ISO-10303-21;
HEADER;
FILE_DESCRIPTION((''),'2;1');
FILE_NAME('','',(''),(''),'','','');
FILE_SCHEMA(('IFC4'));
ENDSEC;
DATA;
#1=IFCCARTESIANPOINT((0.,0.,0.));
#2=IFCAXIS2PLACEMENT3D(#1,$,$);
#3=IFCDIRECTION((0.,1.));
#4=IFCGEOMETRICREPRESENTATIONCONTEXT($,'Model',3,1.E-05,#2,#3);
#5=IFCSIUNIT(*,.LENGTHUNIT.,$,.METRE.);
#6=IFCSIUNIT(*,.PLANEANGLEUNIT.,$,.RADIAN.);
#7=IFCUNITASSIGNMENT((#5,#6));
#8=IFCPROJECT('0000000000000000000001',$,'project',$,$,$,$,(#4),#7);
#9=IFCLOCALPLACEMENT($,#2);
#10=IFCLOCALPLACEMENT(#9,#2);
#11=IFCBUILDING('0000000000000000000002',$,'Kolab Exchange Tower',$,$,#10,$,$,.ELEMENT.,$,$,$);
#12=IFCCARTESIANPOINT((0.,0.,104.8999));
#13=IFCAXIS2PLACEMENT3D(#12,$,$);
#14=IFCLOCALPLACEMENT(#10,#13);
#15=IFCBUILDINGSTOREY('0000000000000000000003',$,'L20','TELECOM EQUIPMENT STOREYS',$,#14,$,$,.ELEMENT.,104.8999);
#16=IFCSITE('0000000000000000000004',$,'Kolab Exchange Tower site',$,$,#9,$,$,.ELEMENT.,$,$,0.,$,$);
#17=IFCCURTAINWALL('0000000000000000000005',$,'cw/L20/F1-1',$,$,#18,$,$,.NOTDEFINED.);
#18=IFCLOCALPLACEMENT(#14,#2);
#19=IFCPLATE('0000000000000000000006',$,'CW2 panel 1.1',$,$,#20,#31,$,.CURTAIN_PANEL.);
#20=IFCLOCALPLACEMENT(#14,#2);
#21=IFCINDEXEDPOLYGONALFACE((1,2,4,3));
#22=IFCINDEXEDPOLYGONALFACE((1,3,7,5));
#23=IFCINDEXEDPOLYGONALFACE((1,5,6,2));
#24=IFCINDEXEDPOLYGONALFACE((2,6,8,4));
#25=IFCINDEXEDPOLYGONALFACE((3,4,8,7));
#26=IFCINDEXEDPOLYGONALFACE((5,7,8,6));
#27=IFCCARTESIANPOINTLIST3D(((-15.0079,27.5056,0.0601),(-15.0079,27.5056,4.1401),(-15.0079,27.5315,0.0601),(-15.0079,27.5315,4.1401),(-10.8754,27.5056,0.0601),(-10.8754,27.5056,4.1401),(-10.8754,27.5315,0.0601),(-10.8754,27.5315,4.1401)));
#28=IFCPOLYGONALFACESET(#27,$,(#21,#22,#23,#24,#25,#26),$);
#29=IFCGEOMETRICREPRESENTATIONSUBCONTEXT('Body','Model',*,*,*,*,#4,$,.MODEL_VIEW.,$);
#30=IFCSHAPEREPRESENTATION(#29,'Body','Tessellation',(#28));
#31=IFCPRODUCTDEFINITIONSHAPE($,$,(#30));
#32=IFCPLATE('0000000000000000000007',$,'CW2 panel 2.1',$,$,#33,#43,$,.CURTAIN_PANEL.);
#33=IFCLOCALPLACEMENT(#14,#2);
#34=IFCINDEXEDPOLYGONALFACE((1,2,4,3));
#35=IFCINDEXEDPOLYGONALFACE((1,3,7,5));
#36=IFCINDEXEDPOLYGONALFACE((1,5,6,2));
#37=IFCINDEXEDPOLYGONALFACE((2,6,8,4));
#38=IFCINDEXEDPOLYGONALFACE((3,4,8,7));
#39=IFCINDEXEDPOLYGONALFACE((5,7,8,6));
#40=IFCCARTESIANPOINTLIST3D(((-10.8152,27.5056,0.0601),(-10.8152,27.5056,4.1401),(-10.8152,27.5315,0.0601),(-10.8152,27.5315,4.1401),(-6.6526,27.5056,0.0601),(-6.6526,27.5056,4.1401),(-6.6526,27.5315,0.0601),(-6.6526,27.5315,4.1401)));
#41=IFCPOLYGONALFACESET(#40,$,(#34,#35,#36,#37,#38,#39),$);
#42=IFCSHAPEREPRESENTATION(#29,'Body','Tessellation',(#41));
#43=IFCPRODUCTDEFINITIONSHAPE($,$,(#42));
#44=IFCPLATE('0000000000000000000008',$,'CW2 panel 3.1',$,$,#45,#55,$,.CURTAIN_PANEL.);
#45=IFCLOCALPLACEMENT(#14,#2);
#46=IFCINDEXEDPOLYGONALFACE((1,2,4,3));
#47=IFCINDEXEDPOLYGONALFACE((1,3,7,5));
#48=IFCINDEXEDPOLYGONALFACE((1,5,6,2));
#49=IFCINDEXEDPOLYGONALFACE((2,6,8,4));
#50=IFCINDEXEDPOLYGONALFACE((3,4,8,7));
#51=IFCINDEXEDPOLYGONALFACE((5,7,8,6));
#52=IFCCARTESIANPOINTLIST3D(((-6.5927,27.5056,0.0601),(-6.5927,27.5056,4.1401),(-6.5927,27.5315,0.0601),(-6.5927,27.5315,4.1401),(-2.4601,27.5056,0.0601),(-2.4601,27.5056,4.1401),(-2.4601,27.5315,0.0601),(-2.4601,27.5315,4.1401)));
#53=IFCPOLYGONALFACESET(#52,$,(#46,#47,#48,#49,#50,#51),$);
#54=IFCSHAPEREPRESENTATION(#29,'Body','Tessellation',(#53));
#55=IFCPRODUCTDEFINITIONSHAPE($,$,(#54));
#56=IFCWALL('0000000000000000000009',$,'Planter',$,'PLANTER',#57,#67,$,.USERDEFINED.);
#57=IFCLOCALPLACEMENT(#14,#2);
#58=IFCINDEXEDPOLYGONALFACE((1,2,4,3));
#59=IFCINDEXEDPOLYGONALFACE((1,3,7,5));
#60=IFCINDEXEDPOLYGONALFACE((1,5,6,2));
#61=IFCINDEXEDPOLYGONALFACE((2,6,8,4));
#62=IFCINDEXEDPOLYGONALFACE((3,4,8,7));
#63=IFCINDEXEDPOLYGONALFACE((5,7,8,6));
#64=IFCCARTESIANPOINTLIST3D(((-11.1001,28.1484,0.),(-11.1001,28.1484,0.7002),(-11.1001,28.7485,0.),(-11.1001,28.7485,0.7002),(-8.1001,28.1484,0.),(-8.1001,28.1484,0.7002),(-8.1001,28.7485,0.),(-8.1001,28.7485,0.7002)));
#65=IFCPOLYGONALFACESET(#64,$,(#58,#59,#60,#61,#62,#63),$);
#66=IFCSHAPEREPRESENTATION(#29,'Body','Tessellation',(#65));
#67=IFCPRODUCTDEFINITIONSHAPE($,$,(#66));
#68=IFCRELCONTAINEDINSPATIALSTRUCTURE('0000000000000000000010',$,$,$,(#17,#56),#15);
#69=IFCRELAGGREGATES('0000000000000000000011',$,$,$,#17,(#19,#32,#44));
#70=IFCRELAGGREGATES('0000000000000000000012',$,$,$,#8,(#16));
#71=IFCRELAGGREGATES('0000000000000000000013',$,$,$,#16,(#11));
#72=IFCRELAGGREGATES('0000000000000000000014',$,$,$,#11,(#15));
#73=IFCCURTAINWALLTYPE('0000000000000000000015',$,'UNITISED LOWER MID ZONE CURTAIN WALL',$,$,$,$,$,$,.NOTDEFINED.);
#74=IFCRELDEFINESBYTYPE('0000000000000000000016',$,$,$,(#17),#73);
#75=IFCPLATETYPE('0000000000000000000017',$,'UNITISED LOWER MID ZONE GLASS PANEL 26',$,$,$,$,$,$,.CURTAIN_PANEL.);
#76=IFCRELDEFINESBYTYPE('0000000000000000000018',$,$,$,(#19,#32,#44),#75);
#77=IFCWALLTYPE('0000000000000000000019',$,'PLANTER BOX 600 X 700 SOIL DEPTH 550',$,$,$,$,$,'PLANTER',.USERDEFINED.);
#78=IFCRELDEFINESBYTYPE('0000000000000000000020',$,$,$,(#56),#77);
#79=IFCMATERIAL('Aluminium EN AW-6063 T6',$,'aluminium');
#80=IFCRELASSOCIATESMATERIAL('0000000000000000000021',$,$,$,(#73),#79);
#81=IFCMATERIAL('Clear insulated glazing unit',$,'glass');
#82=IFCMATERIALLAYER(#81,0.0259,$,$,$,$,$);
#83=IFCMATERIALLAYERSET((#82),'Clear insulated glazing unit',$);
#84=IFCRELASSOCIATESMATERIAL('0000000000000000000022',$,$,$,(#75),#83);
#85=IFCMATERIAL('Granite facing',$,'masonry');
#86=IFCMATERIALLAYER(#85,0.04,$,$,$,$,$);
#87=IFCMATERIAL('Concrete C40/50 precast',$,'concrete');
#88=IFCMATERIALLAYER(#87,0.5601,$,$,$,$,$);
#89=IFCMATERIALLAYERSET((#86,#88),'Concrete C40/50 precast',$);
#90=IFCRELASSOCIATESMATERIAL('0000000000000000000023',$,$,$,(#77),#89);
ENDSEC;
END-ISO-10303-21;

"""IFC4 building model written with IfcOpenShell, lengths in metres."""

from ifc_helpers import new_model, si_unit, direction, frame, frame_2d, origin, origin_2d, place, context, subcontext, project, spatial, rectangle, extrude, material, layer, layer_set, type_object, element, aggregate, save


model = new_model("IFC4")

# Units and contexts
model_context = context("Model", 3, precision=1e-05, world=origin(), true_north=direction((0.0, 1.0)))
body_context = subcontext(model_context, "Body", "Model", "MODEL_VIEW")
ifc_project = project(units=[si_unit("LENGTHUNIT", "METRE"), si_unit("PLANEANGLEUNIT", "RADIAN")], contexts=[model_context])

# Site, building, storey
site_placement = place(None, origin())
site = spatial("IfcSite", under=ifc_project, at=site_placement, Name="Kolab Exchange Tower site", CompositionType="ELEMENT", RefElevation=0.0)
building_placement = place(site_placement, origin())
building = spatial("IfcBuilding", under=site, at=building_placement, Name="Kolab Exchange Tower", CompositionType="ELEMENT")
storey_placement = place(building_placement, frame((0.0, 0.0, 104.8999)))
storey = spatial("IfcBuildingStorey", under=building, at=storey_placement, Name="L20", Description="TELECOM EQUIPMENT STOREYS", CompositionType="ELEMENT", Elevation=104.8999)

# Curtain wall, plates
ifc_material_1 = material(Name="Aluminium EN AW-6063 T6", Category="aluminium")
curtain_wall_type = type_object("IfcCurtainWallType", Name="UNITISED LOWER MID ZONE CURTAIN WALL", PredefinedType="NOTDEFINED", material=ifc_material_1)
curtain_wall_placement = place(storey_placement, origin())
curtain_wall = element("IfcCurtainWall", 1, at=curtain_wall_placement, inside=storey, type_object=curtain_wall_type, Name="cw/L20/F1-1", PredefinedType="NOTDEFINED")
ifc_material_2 = material(Name="Clear insulated glazing unit", Category="glass")
ifc_layer_1 = layer(ifc_material_2, 0.0259)
ifc_layer_set_1 = layer_set([ifc_layer_1], Name="Clear insulated glazing unit")
plate_type = type_object("IfcPlateType", Name="UNITISED LOWER MID ZONE GLASS PANEL 26", PredefinedType="CURTAIN_PANEL", material=ifc_layer_set_1)
plate_1_placement = place(storey_placement, frame((-12.9417, 27.5186, 0.0601), z_axis=(0.0, 0.0, 1.0), x_axis=(1.0, 0.0, 0.0)))
plate_1 = element("IfcPlate", 2, at=plate_1_placement, type_object=plate_type, Name="CW2 panel 1.1", PredefinedType="CURTAIN_PANEL", context=body_context, shape_type="SweptSolid", body=[
    extrude(rectangle(XDim=4.1326, YDim=0.0259, at=origin_2d()), origin(), (0.0, 0.0, 1.0), 4.0801),
])
plate_2_placement = place(storey_placement, frame((-8.7339, 27.5186, 0.0601), z_axis=(0.0, 0.0, 1.0), x_axis=(1.0, 0.0, 0.0)))
plate_2 = element("IfcPlate", 3, at=plate_2_placement, type_object=plate_type, Name="CW2 panel 2.1", PredefinedType="CURTAIN_PANEL", context=body_context, shape_type="SweptSolid", body=[
    extrude(rectangle(XDim=4.1626, YDim=0.0259, at=origin_2d()), origin(), (0.0, 0.0, 1.0), 4.0801),
])
plate_3_placement = place(storey_placement, frame((-4.5264, 27.5186, 0.0601), z_axis=(0.0, 0.0, 1.0), x_axis=(1.0, 0.0, 0.0)))
plate_3 = element("IfcPlate", 4, at=plate_3_placement, type_object=plate_type, Name="CW2 panel 3.1", PredefinedType="CURTAIN_PANEL", context=body_context, shape_type="SweptSolid", body=[
    extrude(rectangle(XDim=4.1326, YDim=0.0259, at=origin_2d()), origin(), (0.0, 0.0, 1.0), 4.0801),
])
aggregate(curtain_wall, [plate_1, plate_2, plate_3])

# Wall
ifc_material_3 = material(Name="Granite facing", Category="masonry")
ifc_layer_2 = layer(ifc_material_3, 0.04)
ifc_material_4 = material(Name="Concrete C40/50 precast", Category="concrete")
ifc_layer_3 = layer(ifc_material_4, 0.5601)
ifc_layer_set_2 = layer_set([ifc_layer_2, ifc_layer_3], Name="Concrete C40/50 precast")
wall_type_1 = type_object("IfcWallType", Name="PLANTER BOX 600 X 700 SOIL DEPTH 550", ElementType="PLANTER", PredefinedType="USERDEFINED", material=ifc_layer_set_2)
wall_1_placement = place(storey_placement, frame((-11.1001, 28.4485, 0.0), z_axis=(0.0, 0.0, 1.0), x_axis=(1.0, 0.0, 0.0)))
element("IfcWall", 5, at=wall_1_placement, inside=storey, type_object=wall_type_1, Name="Planter", ObjectType="PLANTER", PredefinedType="USERDEFINED", context=body_context, shape_type="SweptSolid", body=[
    extrude(rectangle(XDim=3.0, YDim=0.6001, at=frame_2d((1.5, 0.0))), origin(), (0.0, 0.0, 1.0), 0.7002),
])

save(model, "model.ifc")
